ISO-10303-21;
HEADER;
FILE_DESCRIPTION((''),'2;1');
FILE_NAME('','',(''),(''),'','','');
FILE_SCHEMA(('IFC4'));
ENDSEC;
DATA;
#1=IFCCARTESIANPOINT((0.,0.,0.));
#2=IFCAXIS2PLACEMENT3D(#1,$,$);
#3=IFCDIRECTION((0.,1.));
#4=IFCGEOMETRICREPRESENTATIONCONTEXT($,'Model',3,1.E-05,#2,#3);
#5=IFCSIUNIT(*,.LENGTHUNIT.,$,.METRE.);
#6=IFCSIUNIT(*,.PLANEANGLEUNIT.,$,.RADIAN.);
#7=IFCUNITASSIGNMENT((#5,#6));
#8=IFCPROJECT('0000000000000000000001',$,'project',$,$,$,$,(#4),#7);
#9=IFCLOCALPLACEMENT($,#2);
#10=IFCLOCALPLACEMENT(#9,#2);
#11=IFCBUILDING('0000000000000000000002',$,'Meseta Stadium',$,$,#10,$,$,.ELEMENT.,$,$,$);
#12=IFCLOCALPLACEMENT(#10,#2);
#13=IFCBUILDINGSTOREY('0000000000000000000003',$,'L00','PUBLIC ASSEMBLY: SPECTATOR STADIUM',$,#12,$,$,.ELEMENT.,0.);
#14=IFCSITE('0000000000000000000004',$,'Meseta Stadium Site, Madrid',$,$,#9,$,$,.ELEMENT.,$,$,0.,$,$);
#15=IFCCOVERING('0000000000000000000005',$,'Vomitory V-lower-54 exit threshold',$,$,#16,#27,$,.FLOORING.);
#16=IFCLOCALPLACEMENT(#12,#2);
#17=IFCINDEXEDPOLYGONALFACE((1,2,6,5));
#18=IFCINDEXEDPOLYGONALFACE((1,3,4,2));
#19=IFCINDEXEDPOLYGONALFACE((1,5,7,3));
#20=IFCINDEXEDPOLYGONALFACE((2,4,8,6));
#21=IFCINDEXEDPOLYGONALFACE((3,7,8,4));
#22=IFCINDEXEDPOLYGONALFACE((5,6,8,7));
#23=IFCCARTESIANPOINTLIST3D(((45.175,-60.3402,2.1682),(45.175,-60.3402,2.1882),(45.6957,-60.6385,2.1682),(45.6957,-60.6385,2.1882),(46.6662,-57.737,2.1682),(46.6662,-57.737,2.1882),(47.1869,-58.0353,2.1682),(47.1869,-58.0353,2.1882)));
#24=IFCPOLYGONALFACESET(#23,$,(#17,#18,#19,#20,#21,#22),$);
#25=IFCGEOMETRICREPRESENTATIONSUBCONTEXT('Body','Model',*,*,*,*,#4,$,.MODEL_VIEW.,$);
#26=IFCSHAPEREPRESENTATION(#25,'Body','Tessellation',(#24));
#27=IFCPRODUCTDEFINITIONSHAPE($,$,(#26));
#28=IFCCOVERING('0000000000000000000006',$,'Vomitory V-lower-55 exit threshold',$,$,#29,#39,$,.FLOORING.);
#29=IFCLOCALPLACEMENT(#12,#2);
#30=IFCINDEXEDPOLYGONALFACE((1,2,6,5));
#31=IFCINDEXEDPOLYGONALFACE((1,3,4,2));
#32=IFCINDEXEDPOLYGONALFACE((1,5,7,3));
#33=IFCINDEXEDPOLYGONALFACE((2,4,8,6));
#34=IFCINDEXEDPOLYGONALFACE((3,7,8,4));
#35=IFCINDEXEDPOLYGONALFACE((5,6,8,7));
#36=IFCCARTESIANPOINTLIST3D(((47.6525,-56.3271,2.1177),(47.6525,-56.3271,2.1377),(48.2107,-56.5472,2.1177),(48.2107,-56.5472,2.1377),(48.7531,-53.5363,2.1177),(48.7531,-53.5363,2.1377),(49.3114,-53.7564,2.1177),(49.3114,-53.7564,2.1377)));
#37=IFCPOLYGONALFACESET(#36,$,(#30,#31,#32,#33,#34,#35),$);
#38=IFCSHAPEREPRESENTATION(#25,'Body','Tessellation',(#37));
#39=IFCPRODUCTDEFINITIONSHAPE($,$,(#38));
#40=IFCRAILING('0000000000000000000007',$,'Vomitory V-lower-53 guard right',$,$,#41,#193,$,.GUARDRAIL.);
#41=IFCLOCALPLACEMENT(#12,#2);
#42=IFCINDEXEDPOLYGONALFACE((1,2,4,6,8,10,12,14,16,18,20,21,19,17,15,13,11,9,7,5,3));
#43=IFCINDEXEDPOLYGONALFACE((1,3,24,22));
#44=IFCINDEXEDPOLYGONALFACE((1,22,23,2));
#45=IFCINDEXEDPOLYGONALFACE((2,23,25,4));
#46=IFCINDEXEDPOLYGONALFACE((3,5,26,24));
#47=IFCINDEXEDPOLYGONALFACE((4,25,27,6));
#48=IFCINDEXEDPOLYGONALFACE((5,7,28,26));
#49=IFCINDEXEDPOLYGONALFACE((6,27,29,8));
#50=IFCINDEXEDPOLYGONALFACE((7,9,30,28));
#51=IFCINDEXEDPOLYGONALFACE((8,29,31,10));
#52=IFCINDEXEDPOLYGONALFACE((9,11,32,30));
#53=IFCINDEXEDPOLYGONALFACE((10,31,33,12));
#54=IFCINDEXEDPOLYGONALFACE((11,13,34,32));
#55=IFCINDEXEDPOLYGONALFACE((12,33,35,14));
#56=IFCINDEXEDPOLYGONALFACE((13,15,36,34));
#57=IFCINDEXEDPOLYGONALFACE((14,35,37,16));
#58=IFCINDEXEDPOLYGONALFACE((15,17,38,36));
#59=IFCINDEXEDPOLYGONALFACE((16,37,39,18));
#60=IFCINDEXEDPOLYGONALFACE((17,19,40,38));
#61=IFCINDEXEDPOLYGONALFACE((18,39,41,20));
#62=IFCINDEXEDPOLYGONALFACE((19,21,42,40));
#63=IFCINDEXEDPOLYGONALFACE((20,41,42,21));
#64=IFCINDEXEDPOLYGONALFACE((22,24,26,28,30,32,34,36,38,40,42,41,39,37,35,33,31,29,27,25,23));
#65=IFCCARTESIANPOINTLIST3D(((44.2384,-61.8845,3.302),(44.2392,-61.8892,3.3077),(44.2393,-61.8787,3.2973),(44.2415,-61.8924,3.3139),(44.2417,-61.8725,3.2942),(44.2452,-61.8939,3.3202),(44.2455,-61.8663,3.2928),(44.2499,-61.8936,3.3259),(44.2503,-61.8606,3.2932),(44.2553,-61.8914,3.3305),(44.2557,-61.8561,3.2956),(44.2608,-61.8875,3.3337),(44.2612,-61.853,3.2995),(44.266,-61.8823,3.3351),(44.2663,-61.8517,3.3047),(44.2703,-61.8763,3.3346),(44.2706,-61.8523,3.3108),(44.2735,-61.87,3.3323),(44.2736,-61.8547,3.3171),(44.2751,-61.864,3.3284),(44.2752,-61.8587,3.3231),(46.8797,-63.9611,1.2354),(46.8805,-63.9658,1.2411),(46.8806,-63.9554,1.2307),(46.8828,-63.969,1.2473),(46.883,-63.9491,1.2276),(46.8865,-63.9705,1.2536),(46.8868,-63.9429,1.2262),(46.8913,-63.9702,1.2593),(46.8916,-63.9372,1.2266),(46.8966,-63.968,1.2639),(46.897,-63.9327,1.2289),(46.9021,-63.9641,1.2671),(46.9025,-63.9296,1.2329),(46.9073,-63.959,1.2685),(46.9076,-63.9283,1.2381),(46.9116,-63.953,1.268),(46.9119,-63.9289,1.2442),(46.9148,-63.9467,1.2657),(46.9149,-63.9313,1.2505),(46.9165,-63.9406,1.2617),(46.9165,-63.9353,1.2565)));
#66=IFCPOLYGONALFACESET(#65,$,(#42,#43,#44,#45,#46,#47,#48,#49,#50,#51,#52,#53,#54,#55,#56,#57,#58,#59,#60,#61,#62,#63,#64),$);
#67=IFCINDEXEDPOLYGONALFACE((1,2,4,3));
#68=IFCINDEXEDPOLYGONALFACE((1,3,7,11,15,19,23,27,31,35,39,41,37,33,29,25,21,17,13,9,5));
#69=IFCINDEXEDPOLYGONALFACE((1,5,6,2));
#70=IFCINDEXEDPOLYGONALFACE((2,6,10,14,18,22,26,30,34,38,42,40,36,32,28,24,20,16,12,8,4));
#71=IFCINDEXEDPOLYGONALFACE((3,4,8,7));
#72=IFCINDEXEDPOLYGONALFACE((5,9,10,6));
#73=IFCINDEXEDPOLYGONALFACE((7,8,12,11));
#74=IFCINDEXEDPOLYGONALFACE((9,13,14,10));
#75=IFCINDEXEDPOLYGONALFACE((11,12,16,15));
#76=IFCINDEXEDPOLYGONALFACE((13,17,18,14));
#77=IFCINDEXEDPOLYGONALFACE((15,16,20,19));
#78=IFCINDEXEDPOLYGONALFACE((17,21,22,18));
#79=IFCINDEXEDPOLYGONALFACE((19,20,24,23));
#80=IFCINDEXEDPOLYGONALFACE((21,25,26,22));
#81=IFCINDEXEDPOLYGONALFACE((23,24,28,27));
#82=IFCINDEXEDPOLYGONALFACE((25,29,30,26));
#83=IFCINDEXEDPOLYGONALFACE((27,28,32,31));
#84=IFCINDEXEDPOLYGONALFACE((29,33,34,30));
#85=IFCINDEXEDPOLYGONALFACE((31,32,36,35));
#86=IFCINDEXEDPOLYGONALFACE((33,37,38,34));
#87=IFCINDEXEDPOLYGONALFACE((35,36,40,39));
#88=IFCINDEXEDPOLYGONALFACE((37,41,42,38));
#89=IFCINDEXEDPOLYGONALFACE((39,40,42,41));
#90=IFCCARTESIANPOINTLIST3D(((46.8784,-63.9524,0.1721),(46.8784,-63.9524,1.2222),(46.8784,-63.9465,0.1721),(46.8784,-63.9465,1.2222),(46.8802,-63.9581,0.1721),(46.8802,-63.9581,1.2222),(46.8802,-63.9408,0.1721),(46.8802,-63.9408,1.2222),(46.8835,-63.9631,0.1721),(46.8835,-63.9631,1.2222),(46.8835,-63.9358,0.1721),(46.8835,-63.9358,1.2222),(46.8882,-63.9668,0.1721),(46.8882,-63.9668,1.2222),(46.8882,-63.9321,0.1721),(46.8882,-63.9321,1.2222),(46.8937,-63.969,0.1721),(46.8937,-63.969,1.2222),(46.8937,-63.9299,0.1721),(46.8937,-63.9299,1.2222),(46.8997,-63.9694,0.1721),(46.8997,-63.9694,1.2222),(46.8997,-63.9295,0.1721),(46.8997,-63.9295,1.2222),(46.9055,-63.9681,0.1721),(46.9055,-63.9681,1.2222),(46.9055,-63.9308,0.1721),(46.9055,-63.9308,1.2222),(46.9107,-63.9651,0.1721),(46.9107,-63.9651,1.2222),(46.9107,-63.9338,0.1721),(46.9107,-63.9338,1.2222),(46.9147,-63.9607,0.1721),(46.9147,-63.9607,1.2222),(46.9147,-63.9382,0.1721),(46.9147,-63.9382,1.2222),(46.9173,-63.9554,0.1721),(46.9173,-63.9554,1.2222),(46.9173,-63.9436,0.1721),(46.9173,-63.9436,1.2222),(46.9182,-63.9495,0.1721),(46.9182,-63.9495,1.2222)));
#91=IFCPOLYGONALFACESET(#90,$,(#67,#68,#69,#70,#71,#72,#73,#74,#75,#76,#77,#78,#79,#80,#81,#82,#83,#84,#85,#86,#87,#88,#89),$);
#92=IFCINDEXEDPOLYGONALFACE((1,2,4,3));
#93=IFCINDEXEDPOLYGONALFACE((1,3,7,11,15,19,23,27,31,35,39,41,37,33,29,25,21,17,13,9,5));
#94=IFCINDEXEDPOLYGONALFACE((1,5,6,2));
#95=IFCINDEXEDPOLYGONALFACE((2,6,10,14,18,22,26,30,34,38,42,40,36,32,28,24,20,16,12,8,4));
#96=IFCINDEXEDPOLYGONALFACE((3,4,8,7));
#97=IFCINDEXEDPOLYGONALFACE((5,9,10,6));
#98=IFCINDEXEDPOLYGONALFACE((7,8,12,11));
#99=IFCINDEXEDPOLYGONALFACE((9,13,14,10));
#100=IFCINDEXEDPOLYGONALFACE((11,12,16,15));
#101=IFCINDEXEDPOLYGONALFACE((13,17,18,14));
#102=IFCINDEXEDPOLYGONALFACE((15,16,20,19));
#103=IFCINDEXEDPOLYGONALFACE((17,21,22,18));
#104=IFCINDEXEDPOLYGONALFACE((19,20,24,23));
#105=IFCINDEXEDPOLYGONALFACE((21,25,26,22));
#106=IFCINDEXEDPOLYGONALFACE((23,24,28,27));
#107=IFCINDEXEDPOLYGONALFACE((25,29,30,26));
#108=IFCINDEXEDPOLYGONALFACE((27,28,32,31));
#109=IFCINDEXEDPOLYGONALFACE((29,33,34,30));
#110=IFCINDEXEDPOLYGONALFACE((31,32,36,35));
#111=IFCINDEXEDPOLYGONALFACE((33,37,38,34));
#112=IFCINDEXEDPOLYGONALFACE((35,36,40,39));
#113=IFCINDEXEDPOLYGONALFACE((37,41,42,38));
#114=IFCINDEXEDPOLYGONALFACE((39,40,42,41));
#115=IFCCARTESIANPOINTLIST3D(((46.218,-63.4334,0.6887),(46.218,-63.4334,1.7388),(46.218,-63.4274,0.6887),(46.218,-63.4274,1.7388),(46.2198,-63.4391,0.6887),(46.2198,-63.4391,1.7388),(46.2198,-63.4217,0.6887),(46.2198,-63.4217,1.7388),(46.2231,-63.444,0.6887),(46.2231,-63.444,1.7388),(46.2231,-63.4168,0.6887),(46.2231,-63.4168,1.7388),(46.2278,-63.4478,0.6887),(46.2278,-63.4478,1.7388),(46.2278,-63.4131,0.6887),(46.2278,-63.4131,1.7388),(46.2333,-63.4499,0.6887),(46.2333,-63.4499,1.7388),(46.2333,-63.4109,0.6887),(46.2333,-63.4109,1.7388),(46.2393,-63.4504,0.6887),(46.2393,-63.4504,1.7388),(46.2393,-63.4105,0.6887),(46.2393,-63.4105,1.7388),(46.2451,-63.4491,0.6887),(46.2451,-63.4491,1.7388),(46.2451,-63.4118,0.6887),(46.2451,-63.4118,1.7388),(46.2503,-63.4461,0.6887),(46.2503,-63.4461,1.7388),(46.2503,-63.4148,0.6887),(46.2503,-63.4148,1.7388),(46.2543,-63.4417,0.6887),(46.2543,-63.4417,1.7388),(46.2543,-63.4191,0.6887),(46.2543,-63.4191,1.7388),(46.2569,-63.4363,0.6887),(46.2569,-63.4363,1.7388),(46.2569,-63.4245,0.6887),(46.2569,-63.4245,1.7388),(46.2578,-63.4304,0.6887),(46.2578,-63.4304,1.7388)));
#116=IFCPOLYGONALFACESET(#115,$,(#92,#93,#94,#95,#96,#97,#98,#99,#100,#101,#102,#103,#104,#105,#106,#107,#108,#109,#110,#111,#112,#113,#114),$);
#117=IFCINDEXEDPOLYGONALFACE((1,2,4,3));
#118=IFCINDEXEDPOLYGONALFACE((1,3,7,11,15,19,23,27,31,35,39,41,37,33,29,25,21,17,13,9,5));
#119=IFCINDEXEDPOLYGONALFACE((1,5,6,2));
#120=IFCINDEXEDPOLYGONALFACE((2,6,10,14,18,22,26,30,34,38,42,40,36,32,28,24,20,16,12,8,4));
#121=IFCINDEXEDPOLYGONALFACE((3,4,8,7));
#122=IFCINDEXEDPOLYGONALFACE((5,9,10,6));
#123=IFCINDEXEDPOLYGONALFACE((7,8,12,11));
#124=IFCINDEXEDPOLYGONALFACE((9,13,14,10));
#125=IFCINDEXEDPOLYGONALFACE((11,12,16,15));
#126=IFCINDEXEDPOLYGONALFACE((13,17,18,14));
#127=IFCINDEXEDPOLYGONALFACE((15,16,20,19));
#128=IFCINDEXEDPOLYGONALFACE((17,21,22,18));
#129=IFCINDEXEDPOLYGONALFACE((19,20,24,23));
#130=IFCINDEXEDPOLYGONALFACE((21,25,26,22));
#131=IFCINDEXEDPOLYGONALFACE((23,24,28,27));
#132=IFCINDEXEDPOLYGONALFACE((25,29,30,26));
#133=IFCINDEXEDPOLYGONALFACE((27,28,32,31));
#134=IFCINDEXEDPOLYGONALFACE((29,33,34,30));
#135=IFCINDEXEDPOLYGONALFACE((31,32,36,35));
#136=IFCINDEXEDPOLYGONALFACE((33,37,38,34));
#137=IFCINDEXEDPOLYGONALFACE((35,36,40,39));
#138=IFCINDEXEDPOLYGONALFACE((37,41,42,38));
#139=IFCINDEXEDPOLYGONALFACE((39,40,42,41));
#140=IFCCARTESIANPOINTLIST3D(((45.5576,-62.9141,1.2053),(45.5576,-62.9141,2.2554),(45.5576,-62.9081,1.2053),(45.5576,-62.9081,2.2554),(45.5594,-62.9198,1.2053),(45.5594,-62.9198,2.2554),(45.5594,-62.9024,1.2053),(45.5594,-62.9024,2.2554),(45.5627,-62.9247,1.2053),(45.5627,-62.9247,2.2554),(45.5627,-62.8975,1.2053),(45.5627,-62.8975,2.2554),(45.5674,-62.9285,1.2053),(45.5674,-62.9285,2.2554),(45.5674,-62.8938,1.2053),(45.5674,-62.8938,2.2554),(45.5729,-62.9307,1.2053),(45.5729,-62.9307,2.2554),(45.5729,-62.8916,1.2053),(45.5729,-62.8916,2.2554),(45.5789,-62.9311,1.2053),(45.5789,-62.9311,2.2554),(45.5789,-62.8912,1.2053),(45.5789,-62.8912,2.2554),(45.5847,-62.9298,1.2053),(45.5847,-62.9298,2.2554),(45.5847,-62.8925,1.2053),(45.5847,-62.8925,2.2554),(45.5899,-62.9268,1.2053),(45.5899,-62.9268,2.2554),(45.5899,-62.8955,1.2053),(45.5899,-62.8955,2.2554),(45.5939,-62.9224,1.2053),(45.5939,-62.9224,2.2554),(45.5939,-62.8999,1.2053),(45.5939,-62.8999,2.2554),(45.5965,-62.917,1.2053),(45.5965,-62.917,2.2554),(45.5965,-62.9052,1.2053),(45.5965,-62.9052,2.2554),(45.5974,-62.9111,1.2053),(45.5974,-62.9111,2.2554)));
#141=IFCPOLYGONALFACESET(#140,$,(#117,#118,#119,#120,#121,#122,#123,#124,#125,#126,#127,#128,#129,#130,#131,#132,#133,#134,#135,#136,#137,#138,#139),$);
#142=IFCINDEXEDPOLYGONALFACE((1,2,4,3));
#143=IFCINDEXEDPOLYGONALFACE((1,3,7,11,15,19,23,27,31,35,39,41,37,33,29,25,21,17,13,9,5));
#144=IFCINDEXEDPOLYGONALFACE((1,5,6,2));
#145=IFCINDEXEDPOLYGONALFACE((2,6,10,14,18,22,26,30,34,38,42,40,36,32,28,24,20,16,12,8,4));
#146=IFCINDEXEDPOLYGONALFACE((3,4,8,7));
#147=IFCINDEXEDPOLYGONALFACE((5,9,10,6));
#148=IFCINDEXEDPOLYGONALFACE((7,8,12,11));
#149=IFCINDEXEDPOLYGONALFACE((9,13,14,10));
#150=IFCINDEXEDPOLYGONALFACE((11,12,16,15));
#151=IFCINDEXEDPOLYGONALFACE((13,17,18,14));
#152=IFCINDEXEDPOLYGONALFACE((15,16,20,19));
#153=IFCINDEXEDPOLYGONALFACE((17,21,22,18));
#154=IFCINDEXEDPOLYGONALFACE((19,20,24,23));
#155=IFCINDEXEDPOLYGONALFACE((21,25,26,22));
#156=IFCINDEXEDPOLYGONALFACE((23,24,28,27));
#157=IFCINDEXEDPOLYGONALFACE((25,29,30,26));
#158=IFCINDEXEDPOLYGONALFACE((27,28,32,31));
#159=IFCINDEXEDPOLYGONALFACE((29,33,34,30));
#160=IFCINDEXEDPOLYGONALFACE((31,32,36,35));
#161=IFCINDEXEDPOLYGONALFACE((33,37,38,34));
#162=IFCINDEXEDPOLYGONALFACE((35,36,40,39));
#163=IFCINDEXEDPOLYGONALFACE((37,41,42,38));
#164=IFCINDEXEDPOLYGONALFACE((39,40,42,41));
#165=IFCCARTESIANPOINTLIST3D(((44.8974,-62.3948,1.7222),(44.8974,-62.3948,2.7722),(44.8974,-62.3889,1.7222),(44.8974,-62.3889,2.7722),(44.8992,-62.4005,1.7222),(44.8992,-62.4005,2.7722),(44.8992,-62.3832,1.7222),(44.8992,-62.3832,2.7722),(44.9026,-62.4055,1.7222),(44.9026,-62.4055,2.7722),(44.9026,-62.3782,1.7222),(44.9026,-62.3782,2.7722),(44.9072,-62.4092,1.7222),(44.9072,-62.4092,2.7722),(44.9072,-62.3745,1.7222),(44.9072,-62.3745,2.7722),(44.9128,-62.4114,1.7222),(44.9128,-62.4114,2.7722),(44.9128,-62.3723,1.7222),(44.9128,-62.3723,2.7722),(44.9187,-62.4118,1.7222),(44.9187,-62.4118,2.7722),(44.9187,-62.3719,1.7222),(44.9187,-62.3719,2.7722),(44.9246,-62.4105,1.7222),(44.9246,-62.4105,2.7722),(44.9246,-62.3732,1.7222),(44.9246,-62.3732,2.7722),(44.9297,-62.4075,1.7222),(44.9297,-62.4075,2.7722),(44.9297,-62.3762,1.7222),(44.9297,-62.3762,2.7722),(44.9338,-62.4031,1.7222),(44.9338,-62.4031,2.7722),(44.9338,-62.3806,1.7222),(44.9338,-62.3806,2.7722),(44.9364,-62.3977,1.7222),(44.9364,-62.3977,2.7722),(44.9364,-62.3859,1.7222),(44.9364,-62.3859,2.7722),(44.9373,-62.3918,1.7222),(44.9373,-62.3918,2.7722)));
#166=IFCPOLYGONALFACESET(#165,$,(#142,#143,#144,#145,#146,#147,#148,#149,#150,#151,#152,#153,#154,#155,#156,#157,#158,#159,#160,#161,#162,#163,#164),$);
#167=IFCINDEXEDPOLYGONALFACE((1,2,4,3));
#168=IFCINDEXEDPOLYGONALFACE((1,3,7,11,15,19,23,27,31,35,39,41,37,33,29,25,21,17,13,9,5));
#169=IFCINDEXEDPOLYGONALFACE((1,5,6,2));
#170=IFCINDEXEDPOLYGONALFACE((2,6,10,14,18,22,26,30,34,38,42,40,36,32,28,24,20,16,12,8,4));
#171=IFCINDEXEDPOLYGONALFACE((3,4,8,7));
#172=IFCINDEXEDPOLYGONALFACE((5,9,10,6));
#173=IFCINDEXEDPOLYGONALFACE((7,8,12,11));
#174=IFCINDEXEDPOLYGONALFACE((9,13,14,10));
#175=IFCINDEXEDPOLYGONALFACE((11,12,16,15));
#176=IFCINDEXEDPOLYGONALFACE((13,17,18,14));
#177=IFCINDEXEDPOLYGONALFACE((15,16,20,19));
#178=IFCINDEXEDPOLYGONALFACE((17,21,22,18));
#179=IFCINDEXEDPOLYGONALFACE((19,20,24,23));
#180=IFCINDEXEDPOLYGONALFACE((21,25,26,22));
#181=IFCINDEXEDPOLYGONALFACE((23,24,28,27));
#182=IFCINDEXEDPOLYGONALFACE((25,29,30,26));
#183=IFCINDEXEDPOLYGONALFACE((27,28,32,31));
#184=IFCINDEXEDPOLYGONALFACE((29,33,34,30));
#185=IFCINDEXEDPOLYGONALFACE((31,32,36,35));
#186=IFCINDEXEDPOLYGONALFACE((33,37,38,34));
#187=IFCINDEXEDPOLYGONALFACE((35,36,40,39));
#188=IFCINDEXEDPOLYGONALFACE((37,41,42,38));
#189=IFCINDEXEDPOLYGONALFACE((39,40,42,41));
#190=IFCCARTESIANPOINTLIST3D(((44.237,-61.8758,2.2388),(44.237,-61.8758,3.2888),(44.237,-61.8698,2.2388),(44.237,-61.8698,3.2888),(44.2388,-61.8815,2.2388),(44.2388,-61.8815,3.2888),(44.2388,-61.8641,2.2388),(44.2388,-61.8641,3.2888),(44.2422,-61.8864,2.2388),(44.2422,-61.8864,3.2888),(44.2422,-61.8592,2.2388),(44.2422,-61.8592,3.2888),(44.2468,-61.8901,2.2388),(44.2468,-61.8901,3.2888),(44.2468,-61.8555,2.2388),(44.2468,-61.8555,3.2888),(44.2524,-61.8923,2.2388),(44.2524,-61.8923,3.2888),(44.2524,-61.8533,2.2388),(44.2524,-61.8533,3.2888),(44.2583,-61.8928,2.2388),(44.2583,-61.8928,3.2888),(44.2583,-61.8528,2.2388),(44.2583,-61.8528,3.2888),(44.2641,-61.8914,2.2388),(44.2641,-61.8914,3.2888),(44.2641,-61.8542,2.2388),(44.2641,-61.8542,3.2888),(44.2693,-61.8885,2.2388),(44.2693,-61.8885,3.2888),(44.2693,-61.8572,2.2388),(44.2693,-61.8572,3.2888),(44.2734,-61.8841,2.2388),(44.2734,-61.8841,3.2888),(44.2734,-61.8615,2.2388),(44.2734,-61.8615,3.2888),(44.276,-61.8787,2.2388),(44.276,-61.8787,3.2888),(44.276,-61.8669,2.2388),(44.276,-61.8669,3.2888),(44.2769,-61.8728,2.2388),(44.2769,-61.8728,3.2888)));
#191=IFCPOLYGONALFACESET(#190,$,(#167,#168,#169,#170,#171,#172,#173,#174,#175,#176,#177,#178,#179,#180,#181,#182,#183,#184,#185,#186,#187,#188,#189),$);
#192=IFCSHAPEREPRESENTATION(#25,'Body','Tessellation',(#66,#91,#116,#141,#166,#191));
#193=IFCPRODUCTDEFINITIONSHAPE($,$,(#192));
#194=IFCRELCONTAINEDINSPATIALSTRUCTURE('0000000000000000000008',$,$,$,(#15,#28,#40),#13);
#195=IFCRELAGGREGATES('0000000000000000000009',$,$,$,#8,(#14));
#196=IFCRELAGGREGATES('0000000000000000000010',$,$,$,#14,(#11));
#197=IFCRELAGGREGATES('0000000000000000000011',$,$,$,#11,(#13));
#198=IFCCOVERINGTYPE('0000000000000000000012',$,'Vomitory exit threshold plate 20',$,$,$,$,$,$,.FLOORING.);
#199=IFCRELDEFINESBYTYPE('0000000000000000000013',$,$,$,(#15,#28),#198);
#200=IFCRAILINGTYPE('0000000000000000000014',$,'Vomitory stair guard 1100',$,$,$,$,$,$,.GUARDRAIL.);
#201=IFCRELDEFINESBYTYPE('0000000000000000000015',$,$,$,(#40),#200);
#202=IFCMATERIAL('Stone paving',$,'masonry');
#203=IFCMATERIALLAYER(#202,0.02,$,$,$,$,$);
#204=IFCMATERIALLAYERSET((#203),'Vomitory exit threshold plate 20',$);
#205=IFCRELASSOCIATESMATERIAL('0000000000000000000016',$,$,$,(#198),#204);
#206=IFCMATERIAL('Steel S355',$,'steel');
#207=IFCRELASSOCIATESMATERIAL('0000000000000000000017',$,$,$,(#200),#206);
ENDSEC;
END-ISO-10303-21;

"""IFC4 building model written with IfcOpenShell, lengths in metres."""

from ifc_helpers import new_model, si_unit, direction, frame, origin, origin_2d, place, context, subcontext, project, spatial, rectangle, circle, extrude, material, layer, layer_set, type_object, element, save


model = new_model("IFC4")

# Units and contexts
model_context = context("Model", 3, precision=1e-05, world=origin(), true_north=direction((0.0, 1.0)))
body_context = subcontext(model_context, "Body", "Model", "MODEL_VIEW")
ifc_project = project(units=[si_unit("LENGTHUNIT", "METRE"), si_unit("PLANEANGLEUNIT", "RADIAN")], contexts=[model_context])

# Site, building, storey
site_placement = place(None, origin())
site = spatial("IfcSite", under=ifc_project, at=site_placement, Name="Meseta Stadium Site, Madrid", CompositionType="ELEMENT", RefElevation=0.0)
building_placement = place(site_placement, origin())
building = spatial("IfcBuilding", under=site, at=building_placement, Name="Meseta Stadium", CompositionType="ELEMENT")
storey_placement = place(building_placement, origin())
storey = spatial("IfcBuildingStorey", under=building, at=storey_placement, Name="L00", Description="PUBLIC ASSEMBLY: SPECTATOR STADIUM", CompositionType="ELEMENT", Elevation=0.0)

# Coverings
ifc_material_1 = material(Name="Stone paving", Category="masonry")
ifc_layer_1 = layer(ifc_material_1, 0.02)
ifc_layer_set_1 = layer_set([ifc_layer_1], Name="Vomitory exit threshold plate 20")
covering_type = type_object("IfcCoveringType", Name="Vomitory exit threshold plate 20", PredefinedType="FLOORING", material=ifc_layer_set_1)
for number, where, z_axis, x_axis, name in (
    (1, (46.1809, -59.1877, 2.1682), (0.0, 0.0, 1.0), (-0.867712, 0.497068, 0.0), "Vomitory V-lower-54 exit threshold"),
    (2, (48.4819, -55.0417, 2.1177), (0.0, 0.0, 1.0), (-0.930263, 0.366893, 0.0), "Vomitory V-lower-55 exit threshold"),
):
    element("IfcCovering", number, at=place(storey_placement, frame(where, z_axis=z_axis, x_axis=x_axis)), inside=storey, type_object=covering_type, Name=name, PredefinedType="FLOORING", context=body_context, shape_type="SweptSolid", body=[
        extrude(rectangle(XDim=0.6001, YDim=3.0, at=origin_2d()), origin(), (0.0, 0.0, 1.0), 0.02),
    ])

# Railing
ifc_material_2 = material(Name="Steel S355", Category="steel")
railing_type_1 = type_object("IfcRailingType", Name="Vomitory stair guard 1100", PredefinedType="GUARDRAIL", material=ifc_material_2)
railing_1_placement = place(storey_placement, frame((46.8982, -63.9495, 0.1721)))
element("IfcRailing", 3, at=railing_1_placement, inside=storey, type_object=railing_type_1, Name="Vomitory V-lower-53 guard right", PredefinedType="GUARDRAIL", context=body_context, shape_type="SweptSolid", body=[
    extrude(circle(Radius=0.0249, at=origin_2d()), frame((0.0, 0.0, 1.0752), z_axis=(-0.669604, 0.526449, 0.523911), x_axis=(-0.618062, -0.786129, 0.0)), (0.0, 0.0, 1.0), 3.9446),
    extrude(circle(Radius=0.02, at=origin_2d()), origin(), (0.0, 0.0, 1.0), 1.05),
    extrude(circle(Radius=0.02, at=origin_2d()), frame((-0.6604, 0.519, 0.5166)), (0.0, 0.0, 1.0), 1.05),
    extrude(circle(Radius=0.02, at=origin_2d()), frame((-1.3208, 1.0383, 1.0332)), (0.0, 0.0, 1.0), 1.05),
    extrude(circle(Radius=0.02, at=origin_2d()), frame((-1.981, 1.5576, 1.55)), (0.0, 0.0, 1.0), 1.05),
    extrude(circle(Radius=0.02, at=origin_2d()), frame((-2.6414, 2.0767, 2.0667)), (0.0, 0.0, 1.0), 1.05),
])

save(model, "model.ifc")
